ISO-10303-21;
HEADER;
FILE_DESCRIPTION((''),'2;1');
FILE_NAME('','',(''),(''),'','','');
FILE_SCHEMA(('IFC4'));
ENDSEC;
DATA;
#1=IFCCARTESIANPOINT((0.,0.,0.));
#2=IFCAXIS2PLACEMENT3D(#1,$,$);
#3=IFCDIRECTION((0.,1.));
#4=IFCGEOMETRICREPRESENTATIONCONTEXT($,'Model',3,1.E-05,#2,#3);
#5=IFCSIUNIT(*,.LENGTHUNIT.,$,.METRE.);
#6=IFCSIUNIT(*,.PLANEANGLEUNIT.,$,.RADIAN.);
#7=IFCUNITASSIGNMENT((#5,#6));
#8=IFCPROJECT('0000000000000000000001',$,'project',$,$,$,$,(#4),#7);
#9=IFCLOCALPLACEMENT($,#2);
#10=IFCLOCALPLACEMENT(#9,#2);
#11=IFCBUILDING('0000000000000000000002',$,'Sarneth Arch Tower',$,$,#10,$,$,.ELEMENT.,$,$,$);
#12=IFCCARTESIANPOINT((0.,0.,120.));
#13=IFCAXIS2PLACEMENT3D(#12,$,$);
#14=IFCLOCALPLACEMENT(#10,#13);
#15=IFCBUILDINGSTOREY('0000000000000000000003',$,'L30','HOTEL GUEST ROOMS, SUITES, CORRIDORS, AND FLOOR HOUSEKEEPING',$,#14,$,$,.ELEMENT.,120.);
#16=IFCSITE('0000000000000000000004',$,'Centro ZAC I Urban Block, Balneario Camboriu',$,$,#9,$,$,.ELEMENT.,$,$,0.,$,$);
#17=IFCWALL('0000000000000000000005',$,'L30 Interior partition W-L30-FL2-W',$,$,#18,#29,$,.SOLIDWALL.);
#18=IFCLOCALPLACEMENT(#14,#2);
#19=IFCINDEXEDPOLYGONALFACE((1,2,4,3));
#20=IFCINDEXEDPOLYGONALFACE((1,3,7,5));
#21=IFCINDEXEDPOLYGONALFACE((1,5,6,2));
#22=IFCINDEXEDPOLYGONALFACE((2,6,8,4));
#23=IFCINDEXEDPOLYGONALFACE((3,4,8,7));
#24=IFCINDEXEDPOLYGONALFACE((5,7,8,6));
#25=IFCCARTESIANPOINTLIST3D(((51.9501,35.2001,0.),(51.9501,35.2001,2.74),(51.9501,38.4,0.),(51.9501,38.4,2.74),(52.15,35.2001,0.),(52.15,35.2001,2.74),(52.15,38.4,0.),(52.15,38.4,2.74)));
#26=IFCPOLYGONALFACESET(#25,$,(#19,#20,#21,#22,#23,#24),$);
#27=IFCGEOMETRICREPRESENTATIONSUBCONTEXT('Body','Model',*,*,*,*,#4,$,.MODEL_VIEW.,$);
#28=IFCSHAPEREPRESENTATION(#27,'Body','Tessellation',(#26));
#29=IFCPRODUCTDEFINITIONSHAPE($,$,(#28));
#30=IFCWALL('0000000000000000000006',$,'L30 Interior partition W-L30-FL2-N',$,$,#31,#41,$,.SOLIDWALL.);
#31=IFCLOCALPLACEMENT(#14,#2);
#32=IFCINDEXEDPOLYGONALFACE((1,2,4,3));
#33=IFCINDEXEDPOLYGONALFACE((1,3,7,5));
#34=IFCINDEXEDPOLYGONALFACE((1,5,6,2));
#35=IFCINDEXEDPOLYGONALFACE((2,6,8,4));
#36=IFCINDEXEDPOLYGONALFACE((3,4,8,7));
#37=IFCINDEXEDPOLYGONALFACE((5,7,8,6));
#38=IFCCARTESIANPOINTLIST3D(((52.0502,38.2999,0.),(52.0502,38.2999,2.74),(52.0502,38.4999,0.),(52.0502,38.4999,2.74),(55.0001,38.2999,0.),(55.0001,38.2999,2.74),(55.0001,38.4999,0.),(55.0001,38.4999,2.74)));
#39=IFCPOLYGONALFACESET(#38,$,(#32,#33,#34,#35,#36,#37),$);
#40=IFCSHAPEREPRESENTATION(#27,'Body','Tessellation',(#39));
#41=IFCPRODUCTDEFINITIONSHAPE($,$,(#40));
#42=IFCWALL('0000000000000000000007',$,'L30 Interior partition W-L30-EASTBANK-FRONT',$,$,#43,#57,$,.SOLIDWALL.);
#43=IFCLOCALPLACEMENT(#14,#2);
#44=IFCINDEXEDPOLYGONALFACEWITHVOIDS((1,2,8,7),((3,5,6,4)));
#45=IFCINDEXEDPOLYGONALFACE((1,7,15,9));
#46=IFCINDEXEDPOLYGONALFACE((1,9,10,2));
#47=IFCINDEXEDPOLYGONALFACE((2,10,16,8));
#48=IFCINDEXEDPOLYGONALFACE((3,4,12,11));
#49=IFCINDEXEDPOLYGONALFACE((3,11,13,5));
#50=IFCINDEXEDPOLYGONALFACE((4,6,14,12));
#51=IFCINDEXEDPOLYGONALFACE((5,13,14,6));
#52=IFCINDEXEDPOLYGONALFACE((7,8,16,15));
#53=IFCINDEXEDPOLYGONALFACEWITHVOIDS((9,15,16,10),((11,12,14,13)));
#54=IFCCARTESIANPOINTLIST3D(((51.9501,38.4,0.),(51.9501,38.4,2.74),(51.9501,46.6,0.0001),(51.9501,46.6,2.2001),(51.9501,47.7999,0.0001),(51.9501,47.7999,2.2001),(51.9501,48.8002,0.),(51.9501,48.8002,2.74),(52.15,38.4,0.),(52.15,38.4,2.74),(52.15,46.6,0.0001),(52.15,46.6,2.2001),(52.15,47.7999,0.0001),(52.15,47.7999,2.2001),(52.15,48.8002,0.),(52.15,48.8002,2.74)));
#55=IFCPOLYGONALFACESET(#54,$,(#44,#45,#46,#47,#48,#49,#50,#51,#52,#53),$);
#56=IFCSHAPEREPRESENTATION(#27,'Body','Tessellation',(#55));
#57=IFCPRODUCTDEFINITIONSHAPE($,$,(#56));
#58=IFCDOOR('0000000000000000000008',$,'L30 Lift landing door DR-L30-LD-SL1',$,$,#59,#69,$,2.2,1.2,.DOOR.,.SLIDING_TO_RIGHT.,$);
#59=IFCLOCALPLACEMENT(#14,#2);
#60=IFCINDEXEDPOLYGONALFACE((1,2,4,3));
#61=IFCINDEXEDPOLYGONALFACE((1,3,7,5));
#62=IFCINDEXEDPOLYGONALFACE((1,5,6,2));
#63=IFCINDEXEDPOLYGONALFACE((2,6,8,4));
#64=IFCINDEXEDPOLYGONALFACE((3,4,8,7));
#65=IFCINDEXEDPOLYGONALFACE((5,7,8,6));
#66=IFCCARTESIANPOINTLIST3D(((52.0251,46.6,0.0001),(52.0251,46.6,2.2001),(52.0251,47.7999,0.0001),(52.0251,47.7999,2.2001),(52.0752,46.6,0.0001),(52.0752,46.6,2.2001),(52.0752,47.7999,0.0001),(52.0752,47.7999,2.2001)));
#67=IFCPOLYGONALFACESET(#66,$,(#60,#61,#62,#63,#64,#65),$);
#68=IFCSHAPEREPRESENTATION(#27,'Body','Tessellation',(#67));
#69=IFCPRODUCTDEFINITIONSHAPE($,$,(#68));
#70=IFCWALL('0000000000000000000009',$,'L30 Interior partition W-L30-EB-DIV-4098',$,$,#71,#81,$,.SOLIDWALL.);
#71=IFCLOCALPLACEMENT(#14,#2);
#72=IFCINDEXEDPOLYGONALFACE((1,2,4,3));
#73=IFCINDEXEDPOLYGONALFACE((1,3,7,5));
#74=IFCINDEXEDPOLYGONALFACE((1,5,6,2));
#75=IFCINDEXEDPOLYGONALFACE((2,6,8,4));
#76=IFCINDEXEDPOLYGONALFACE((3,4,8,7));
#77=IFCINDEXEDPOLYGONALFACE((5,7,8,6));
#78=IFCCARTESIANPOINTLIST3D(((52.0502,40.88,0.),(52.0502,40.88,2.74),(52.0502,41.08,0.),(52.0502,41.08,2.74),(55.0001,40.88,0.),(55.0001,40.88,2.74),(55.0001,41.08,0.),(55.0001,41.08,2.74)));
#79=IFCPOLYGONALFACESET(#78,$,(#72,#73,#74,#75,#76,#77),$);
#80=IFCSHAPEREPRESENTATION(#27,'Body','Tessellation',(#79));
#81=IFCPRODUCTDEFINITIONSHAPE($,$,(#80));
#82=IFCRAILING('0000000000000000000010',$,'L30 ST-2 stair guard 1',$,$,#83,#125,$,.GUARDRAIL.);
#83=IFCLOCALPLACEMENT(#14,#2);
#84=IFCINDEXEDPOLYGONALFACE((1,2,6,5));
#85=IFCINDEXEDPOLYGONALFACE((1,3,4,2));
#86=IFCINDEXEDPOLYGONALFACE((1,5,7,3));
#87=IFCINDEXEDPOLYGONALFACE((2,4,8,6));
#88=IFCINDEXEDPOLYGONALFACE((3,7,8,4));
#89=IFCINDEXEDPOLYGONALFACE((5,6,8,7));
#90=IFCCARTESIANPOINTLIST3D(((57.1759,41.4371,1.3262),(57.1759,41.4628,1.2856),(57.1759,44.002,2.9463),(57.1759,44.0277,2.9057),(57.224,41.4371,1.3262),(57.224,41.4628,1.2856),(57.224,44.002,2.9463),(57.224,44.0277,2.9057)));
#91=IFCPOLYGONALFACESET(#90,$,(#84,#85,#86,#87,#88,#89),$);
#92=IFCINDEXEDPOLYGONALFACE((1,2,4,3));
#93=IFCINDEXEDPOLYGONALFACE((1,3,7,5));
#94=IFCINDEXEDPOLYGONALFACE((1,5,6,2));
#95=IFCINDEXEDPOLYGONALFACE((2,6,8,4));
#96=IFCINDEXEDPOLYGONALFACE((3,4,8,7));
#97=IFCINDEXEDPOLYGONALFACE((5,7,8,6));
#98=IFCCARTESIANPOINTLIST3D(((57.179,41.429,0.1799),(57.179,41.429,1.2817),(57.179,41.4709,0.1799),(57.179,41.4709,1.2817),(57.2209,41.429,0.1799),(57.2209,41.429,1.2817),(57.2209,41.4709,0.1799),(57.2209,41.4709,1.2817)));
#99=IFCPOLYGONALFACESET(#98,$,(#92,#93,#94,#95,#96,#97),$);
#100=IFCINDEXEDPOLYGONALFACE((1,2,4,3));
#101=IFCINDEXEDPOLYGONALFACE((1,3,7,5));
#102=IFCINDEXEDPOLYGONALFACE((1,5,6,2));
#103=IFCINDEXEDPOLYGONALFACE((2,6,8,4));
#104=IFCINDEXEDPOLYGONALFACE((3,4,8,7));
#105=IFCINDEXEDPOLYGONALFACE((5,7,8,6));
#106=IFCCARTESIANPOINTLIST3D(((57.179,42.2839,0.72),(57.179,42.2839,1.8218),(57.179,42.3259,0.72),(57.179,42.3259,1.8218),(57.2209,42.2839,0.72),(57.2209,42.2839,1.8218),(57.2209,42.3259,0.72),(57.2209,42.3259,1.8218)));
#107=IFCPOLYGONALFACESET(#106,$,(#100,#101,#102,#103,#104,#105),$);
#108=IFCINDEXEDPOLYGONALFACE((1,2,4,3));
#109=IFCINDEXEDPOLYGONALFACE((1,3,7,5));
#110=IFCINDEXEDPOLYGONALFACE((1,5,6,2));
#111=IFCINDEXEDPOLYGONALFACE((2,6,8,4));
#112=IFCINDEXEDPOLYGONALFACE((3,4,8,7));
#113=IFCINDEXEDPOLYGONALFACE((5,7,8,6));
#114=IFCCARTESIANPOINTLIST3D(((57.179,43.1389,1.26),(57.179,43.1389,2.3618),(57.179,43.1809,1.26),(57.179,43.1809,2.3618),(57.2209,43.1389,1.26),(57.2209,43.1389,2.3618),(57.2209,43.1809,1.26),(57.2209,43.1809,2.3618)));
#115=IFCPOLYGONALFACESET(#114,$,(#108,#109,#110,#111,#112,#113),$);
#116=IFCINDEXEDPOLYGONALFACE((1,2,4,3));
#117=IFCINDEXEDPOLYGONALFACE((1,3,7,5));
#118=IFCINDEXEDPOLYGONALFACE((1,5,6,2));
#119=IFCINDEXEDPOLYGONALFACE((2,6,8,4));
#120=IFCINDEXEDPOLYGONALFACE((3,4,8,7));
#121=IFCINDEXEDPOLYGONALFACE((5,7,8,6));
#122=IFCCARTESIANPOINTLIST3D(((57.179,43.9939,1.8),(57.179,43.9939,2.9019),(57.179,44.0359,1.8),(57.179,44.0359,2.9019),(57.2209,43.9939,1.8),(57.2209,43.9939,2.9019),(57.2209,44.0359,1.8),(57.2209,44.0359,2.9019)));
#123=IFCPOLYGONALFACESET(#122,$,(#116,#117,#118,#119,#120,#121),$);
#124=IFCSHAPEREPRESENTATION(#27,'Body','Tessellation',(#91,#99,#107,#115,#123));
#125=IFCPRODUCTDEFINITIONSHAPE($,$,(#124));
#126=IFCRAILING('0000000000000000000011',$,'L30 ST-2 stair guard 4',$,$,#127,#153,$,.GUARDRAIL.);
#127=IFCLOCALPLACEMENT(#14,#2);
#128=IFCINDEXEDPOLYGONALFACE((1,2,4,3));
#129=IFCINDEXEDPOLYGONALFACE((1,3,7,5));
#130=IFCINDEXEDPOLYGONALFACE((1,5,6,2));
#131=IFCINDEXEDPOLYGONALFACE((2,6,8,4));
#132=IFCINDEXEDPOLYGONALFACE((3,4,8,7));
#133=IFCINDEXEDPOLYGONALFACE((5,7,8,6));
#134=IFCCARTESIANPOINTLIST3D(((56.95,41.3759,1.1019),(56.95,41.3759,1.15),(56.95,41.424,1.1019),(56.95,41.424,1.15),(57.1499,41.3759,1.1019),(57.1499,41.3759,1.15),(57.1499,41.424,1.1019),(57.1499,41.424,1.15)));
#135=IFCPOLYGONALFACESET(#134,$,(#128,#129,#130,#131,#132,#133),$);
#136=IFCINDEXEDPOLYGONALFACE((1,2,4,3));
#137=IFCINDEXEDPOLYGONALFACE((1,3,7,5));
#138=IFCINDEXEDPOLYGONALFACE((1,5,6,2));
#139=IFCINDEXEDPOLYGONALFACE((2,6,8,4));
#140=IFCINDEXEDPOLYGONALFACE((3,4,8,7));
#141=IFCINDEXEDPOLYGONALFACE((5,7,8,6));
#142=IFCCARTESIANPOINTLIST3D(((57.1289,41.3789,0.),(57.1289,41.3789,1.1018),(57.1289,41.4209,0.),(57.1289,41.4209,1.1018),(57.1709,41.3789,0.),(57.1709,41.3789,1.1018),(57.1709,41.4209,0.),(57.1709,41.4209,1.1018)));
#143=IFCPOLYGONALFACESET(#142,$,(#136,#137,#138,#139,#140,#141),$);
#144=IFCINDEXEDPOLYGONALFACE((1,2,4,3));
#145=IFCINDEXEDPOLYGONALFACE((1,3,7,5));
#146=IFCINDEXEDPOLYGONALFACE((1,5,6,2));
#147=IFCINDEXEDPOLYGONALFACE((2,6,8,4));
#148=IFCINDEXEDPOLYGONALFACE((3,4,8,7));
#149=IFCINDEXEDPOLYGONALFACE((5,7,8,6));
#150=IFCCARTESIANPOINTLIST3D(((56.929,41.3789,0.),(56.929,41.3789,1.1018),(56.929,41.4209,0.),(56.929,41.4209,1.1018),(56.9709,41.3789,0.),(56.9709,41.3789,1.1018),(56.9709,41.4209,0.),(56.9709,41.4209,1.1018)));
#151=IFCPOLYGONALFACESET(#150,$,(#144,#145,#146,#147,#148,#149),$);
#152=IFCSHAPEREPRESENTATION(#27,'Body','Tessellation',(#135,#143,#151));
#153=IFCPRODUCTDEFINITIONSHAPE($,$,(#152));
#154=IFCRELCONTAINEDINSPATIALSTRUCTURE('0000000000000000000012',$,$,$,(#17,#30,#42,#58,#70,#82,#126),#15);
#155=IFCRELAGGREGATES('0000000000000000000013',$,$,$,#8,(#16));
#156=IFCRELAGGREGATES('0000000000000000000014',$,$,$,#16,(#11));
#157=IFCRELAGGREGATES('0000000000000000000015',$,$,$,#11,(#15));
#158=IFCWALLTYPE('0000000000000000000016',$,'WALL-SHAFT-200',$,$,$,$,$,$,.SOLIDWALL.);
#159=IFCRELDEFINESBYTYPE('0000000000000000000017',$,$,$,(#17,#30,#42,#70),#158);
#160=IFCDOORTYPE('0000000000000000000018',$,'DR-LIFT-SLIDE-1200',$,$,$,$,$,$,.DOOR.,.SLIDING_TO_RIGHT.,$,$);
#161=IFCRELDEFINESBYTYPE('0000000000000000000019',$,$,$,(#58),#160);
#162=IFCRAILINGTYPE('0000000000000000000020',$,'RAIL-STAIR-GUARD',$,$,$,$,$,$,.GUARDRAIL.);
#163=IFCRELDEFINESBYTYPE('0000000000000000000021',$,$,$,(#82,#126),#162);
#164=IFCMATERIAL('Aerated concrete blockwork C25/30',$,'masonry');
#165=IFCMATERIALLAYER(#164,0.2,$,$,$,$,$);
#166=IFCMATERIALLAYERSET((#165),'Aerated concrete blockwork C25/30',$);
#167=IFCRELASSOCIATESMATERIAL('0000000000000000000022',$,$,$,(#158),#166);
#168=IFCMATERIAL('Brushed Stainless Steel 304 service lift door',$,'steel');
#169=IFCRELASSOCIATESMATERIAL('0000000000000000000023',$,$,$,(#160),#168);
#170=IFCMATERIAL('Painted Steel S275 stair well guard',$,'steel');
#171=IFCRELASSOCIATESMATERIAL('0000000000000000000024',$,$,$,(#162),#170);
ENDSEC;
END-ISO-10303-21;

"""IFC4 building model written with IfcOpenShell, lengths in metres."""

from ifc_helpers import new_model, si_unit, direction, frame, frame_2d, origin, origin_2d, place, context, subcontext, project, spatial, rectangle, extrude, material, layer, layer_set, type_object, element, fill, save


model = new_model("IFC4")

# Units and contexts
model_context = context("Model", 3, precision=1e-05, world=origin(), true_north=direction((0.0, 1.0)))
body_context = subcontext(model_context, "Body", "Model", "MODEL_VIEW")
ifc_project = project(units=[si_unit("LENGTHUNIT", "METRE"), si_unit("PLANEANGLEUNIT", "RADIAN")], contexts=[model_context])

# Site, building, storey
site_placement = place(None, origin())
site = spatial("IfcSite", under=ifc_project, at=site_placement, Name="Centro ZAC I Urban Block, Balneario Camboriu", CompositionType="ELEMENT", RefElevation=0.0)
building_placement = place(site_placement, origin())
building = spatial("IfcBuilding", under=site, at=building_placement, Name="Sarneth Arch Tower", CompositionType="ELEMENT")
storey_placement = place(building_placement, frame((0.0, 0.0, 120.0)))
storey = spatial("IfcBuildingStorey", under=building, at=storey_placement, Name="L30", Description="HOTEL GUEST ROOMS, SUITES, CORRIDORS, AND FLOOR HOUSEKEEPING", CompositionType="ELEMENT", Elevation=120.0)

# Shared definitions
ifc_material_1 = material(Name="Aerated concrete blockwork C25/30", Category="masonry")
ifc_layer_1 = layer(ifc_material_1, 0.2)
ifc_layer_set_1 = layer_set([ifc_layer_1], Name="Aerated concrete blockwork C25/30")
wall_type_1 = type_object("IfcWallType", Name="WALL-SHAFT-200", PredefinedType="SOLIDWALL", material=ifc_layer_set_1)

# Walls
wall_1_placement = place(storey_placement, frame((52.05, 35.2, 0.0), z_axis=(0.0, 0.0, 1.0), x_axis=(0.0, 1.0, 0.0)))
element("IfcWall", 1, at=wall_1_placement, inside=storey, type_object=wall_type_1, Name="L30 Interior partition W-L30-FL2-W", PredefinedType="SOLIDWALL", context=body_context, shape_type="SweptSolid", body=[
    extrude(rectangle(XDim=3.2, YDim=0.2, at=frame_2d((1.6001, 0.0))), origin(), (0.0, 0.0, 1.0), 2.74),
])
wall_2_placement = place(storey_placement, frame((52.05, 38.3999, 0.0), z_axis=(0.0, 0.0, 1.0), x_axis=(1.0, 0.0, 0.0)))
element("IfcWall", 2, at=wall_2_placement, inside=storey, type_object=wall_type_1, Name="L30 Interior partition W-L30-FL2-N", PredefinedType="SOLIDWALL", context=body_context, shape_type="SweptSolid", body=[
    extrude(rectangle(XDim=2.95, YDim=0.2, at=frame_2d((1.4751, 0.0))), origin(), (0.0, 0.0, 1.0), 2.74),
])

# Wall, opening, door
wall_3_placement = place(storey_placement, frame((52.05, 38.3999, 0.0), z_axis=(0.0, 0.0, 1.0), x_axis=(0.0, 1.0, 0.0)))
wall_3 = element("IfcWall", 3, at=wall_3_placement, inside=storey, type_object=wall_type_1, Name="L30 Interior partition W-L30-EASTBANK-FRONT", PredefinedType="SOLIDWALL", context=body_context, shape_type="SweptSolid", body=[
    extrude(rectangle(XDim=10.4001, YDim=0.2, at=frame_2d((5.2002, 0.0))), origin(), (0.0, 0.0, 1.0), 2.74),
])
opening_1_placement = place(wall_3_placement, frame((8.2, 0.0, 0.0)))
opening_1 = element("IfcOpeningElement", 4, at=opening_1_placement, cuts=wall_3, PredefinedType="OPENING", context=body_context, shape_type="SweptSolid", body=[
    extrude(rectangle(XDim=1.2, YDim=2.2, at=frame_2d((0.6001, 1.1001))), frame((0.0, 0.1099, 0.0), z_axis=(0.0, -1.0, 0.0), x_axis=(1.0, 0.0, 0.0)), (0.0, 0.0, 1.0), 0.22),
])
ifc_material_2 = material(Name="Brushed Stainless Steel 304 service lift door", Category="steel")
door_type_1 = type_object("IfcDoorType", Name="DR-LIFT-SLIDE-1200", OperationType="SLIDING_TO_RIGHT", PredefinedType="DOOR", material=ifc_material_2)
door_1_placement = place(opening_1_placement, origin())
door_1 = element("IfcDoor", 5, at=door_1_placement, inside=storey, type_object=door_type_1, Name="L30 Lift landing door DR-L30-LD-SL1", OperationType="SLIDING_TO_RIGHT", OverallHeight=2.2, OverallWidth=1.2, PredefinedType="DOOR", context=body_context, shape_type="SweptSolid", body=[
    extrude(rectangle(XDim=1.2, YDim=2.2, at=frame_2d((0.6001, 1.1001))), frame((0.0, 0.0249, 0.0), z_axis=(0.0, -1.0, 0.0), x_axis=(1.0, 0.0, 0.0)), (0.0, 0.0, 1.0), 0.05),
])
fill(opening_1, door_1)

# Wall
wall_4_placement = place(storey_placement, frame((52.05, 40.98, 0.0), z_axis=(0.0, 0.0, 1.0), x_axis=(1.0, 0.0, 0.0)))
element("IfcWall", 6, at=wall_4_placement, inside=storey, type_object=wall_type_1, Name="L30 Interior partition W-L30-EB-DIV-4098", PredefinedType="SOLIDWALL", context=body_context, shape_type="SweptSolid", body=[
    extrude(rectangle(XDim=2.95, YDim=0.2, at=frame_2d((1.4751, 0.0))), origin(), (0.0, 0.0, 1.0), 2.74),
])

# Railings
ifc_material_3 = material(Name="Painted Steel S275 stair well guard", Category="steel")
railing_type = type_object("IfcRailingType", Name="RAIL-STAIR-GUARD", PredefinedType="GUARDRAIL", material=ifc_material_3)
railing_1_placement = place(storey_placement, frame((57.2, 41.45, 0.1799)))
element("IfcRailing", 7, at=railing_1_placement, inside=storey, type_object=railing_type, Name="L30 ST-2 stair guard 1", PredefinedType="GUARDRAIL", context=body_context, shape_type="SweptSolid", body=[
    extrude(rectangle(XDim=0.0481, YDim=0.0481, at=origin_2d()), frame((0.0, 0.0, 1.126), z_axis=(0.0, 0.845466, 0.534029), x_axis=(-1.0, 0.0, 0.0)), (0.0, 0.0, 1.0), 3.0337),
    extrude(rectangle(XDim=0.042, YDim=0.042, at=origin_2d()), origin(), (0.0, 0.0, 1.0), 1.1018),
    extrude(rectangle(XDim=0.042, YDim=0.042, at=origin_2d()), frame((0.0, 0.855, 0.54)), (0.0, 0.0, 1.0), 1.1018),
    extrude(rectangle(XDim=0.042, YDim=0.042, at=origin_2d()), frame((0.0, 1.71, 1.0801)), (0.0, 0.0, 1.0), 1.1018),
    extrude(rectangle(XDim=0.042, YDim=0.042, at=origin_2d()), frame((0.0, 2.5649, 1.6201)), (0.0, 0.0, 1.0), 1.1018),
])
railing_2_placement = place(storey_placement, frame((57.1499, 41.3999, 0.0)))
element("IfcRailing", 8, at=railing_2_placement, inside=storey, type_object=railing_type, Name="L30 ST-2 stair guard 4", PredefinedType="GUARDRAIL", context=body_context, shape_type="SweptSolid", body=[
    extrude(rectangle(XDim=0.0481, YDim=0.0481, at=origin_2d()), frame((0.0, 0.0, 1.126), z_axis=(-1.0, 0.0, 0.0), x_axis=(0.0, -1.0, 0.0)), (0.0, 0.0, 1.0), 0.2),
    extrude(rectangle(XDim=0.042, YDim=0.042, at=origin_2d()), origin(), (0.0, 0.0, 1.0), 1.1018),
    extrude(rectangle(XDim=0.042, YDim=0.042, at=origin_2d()), frame((-0.2, 0.0, 0.0)), (0.0, 0.0, 1.0), 1.1018),
])

save(model, "model.ifc")
